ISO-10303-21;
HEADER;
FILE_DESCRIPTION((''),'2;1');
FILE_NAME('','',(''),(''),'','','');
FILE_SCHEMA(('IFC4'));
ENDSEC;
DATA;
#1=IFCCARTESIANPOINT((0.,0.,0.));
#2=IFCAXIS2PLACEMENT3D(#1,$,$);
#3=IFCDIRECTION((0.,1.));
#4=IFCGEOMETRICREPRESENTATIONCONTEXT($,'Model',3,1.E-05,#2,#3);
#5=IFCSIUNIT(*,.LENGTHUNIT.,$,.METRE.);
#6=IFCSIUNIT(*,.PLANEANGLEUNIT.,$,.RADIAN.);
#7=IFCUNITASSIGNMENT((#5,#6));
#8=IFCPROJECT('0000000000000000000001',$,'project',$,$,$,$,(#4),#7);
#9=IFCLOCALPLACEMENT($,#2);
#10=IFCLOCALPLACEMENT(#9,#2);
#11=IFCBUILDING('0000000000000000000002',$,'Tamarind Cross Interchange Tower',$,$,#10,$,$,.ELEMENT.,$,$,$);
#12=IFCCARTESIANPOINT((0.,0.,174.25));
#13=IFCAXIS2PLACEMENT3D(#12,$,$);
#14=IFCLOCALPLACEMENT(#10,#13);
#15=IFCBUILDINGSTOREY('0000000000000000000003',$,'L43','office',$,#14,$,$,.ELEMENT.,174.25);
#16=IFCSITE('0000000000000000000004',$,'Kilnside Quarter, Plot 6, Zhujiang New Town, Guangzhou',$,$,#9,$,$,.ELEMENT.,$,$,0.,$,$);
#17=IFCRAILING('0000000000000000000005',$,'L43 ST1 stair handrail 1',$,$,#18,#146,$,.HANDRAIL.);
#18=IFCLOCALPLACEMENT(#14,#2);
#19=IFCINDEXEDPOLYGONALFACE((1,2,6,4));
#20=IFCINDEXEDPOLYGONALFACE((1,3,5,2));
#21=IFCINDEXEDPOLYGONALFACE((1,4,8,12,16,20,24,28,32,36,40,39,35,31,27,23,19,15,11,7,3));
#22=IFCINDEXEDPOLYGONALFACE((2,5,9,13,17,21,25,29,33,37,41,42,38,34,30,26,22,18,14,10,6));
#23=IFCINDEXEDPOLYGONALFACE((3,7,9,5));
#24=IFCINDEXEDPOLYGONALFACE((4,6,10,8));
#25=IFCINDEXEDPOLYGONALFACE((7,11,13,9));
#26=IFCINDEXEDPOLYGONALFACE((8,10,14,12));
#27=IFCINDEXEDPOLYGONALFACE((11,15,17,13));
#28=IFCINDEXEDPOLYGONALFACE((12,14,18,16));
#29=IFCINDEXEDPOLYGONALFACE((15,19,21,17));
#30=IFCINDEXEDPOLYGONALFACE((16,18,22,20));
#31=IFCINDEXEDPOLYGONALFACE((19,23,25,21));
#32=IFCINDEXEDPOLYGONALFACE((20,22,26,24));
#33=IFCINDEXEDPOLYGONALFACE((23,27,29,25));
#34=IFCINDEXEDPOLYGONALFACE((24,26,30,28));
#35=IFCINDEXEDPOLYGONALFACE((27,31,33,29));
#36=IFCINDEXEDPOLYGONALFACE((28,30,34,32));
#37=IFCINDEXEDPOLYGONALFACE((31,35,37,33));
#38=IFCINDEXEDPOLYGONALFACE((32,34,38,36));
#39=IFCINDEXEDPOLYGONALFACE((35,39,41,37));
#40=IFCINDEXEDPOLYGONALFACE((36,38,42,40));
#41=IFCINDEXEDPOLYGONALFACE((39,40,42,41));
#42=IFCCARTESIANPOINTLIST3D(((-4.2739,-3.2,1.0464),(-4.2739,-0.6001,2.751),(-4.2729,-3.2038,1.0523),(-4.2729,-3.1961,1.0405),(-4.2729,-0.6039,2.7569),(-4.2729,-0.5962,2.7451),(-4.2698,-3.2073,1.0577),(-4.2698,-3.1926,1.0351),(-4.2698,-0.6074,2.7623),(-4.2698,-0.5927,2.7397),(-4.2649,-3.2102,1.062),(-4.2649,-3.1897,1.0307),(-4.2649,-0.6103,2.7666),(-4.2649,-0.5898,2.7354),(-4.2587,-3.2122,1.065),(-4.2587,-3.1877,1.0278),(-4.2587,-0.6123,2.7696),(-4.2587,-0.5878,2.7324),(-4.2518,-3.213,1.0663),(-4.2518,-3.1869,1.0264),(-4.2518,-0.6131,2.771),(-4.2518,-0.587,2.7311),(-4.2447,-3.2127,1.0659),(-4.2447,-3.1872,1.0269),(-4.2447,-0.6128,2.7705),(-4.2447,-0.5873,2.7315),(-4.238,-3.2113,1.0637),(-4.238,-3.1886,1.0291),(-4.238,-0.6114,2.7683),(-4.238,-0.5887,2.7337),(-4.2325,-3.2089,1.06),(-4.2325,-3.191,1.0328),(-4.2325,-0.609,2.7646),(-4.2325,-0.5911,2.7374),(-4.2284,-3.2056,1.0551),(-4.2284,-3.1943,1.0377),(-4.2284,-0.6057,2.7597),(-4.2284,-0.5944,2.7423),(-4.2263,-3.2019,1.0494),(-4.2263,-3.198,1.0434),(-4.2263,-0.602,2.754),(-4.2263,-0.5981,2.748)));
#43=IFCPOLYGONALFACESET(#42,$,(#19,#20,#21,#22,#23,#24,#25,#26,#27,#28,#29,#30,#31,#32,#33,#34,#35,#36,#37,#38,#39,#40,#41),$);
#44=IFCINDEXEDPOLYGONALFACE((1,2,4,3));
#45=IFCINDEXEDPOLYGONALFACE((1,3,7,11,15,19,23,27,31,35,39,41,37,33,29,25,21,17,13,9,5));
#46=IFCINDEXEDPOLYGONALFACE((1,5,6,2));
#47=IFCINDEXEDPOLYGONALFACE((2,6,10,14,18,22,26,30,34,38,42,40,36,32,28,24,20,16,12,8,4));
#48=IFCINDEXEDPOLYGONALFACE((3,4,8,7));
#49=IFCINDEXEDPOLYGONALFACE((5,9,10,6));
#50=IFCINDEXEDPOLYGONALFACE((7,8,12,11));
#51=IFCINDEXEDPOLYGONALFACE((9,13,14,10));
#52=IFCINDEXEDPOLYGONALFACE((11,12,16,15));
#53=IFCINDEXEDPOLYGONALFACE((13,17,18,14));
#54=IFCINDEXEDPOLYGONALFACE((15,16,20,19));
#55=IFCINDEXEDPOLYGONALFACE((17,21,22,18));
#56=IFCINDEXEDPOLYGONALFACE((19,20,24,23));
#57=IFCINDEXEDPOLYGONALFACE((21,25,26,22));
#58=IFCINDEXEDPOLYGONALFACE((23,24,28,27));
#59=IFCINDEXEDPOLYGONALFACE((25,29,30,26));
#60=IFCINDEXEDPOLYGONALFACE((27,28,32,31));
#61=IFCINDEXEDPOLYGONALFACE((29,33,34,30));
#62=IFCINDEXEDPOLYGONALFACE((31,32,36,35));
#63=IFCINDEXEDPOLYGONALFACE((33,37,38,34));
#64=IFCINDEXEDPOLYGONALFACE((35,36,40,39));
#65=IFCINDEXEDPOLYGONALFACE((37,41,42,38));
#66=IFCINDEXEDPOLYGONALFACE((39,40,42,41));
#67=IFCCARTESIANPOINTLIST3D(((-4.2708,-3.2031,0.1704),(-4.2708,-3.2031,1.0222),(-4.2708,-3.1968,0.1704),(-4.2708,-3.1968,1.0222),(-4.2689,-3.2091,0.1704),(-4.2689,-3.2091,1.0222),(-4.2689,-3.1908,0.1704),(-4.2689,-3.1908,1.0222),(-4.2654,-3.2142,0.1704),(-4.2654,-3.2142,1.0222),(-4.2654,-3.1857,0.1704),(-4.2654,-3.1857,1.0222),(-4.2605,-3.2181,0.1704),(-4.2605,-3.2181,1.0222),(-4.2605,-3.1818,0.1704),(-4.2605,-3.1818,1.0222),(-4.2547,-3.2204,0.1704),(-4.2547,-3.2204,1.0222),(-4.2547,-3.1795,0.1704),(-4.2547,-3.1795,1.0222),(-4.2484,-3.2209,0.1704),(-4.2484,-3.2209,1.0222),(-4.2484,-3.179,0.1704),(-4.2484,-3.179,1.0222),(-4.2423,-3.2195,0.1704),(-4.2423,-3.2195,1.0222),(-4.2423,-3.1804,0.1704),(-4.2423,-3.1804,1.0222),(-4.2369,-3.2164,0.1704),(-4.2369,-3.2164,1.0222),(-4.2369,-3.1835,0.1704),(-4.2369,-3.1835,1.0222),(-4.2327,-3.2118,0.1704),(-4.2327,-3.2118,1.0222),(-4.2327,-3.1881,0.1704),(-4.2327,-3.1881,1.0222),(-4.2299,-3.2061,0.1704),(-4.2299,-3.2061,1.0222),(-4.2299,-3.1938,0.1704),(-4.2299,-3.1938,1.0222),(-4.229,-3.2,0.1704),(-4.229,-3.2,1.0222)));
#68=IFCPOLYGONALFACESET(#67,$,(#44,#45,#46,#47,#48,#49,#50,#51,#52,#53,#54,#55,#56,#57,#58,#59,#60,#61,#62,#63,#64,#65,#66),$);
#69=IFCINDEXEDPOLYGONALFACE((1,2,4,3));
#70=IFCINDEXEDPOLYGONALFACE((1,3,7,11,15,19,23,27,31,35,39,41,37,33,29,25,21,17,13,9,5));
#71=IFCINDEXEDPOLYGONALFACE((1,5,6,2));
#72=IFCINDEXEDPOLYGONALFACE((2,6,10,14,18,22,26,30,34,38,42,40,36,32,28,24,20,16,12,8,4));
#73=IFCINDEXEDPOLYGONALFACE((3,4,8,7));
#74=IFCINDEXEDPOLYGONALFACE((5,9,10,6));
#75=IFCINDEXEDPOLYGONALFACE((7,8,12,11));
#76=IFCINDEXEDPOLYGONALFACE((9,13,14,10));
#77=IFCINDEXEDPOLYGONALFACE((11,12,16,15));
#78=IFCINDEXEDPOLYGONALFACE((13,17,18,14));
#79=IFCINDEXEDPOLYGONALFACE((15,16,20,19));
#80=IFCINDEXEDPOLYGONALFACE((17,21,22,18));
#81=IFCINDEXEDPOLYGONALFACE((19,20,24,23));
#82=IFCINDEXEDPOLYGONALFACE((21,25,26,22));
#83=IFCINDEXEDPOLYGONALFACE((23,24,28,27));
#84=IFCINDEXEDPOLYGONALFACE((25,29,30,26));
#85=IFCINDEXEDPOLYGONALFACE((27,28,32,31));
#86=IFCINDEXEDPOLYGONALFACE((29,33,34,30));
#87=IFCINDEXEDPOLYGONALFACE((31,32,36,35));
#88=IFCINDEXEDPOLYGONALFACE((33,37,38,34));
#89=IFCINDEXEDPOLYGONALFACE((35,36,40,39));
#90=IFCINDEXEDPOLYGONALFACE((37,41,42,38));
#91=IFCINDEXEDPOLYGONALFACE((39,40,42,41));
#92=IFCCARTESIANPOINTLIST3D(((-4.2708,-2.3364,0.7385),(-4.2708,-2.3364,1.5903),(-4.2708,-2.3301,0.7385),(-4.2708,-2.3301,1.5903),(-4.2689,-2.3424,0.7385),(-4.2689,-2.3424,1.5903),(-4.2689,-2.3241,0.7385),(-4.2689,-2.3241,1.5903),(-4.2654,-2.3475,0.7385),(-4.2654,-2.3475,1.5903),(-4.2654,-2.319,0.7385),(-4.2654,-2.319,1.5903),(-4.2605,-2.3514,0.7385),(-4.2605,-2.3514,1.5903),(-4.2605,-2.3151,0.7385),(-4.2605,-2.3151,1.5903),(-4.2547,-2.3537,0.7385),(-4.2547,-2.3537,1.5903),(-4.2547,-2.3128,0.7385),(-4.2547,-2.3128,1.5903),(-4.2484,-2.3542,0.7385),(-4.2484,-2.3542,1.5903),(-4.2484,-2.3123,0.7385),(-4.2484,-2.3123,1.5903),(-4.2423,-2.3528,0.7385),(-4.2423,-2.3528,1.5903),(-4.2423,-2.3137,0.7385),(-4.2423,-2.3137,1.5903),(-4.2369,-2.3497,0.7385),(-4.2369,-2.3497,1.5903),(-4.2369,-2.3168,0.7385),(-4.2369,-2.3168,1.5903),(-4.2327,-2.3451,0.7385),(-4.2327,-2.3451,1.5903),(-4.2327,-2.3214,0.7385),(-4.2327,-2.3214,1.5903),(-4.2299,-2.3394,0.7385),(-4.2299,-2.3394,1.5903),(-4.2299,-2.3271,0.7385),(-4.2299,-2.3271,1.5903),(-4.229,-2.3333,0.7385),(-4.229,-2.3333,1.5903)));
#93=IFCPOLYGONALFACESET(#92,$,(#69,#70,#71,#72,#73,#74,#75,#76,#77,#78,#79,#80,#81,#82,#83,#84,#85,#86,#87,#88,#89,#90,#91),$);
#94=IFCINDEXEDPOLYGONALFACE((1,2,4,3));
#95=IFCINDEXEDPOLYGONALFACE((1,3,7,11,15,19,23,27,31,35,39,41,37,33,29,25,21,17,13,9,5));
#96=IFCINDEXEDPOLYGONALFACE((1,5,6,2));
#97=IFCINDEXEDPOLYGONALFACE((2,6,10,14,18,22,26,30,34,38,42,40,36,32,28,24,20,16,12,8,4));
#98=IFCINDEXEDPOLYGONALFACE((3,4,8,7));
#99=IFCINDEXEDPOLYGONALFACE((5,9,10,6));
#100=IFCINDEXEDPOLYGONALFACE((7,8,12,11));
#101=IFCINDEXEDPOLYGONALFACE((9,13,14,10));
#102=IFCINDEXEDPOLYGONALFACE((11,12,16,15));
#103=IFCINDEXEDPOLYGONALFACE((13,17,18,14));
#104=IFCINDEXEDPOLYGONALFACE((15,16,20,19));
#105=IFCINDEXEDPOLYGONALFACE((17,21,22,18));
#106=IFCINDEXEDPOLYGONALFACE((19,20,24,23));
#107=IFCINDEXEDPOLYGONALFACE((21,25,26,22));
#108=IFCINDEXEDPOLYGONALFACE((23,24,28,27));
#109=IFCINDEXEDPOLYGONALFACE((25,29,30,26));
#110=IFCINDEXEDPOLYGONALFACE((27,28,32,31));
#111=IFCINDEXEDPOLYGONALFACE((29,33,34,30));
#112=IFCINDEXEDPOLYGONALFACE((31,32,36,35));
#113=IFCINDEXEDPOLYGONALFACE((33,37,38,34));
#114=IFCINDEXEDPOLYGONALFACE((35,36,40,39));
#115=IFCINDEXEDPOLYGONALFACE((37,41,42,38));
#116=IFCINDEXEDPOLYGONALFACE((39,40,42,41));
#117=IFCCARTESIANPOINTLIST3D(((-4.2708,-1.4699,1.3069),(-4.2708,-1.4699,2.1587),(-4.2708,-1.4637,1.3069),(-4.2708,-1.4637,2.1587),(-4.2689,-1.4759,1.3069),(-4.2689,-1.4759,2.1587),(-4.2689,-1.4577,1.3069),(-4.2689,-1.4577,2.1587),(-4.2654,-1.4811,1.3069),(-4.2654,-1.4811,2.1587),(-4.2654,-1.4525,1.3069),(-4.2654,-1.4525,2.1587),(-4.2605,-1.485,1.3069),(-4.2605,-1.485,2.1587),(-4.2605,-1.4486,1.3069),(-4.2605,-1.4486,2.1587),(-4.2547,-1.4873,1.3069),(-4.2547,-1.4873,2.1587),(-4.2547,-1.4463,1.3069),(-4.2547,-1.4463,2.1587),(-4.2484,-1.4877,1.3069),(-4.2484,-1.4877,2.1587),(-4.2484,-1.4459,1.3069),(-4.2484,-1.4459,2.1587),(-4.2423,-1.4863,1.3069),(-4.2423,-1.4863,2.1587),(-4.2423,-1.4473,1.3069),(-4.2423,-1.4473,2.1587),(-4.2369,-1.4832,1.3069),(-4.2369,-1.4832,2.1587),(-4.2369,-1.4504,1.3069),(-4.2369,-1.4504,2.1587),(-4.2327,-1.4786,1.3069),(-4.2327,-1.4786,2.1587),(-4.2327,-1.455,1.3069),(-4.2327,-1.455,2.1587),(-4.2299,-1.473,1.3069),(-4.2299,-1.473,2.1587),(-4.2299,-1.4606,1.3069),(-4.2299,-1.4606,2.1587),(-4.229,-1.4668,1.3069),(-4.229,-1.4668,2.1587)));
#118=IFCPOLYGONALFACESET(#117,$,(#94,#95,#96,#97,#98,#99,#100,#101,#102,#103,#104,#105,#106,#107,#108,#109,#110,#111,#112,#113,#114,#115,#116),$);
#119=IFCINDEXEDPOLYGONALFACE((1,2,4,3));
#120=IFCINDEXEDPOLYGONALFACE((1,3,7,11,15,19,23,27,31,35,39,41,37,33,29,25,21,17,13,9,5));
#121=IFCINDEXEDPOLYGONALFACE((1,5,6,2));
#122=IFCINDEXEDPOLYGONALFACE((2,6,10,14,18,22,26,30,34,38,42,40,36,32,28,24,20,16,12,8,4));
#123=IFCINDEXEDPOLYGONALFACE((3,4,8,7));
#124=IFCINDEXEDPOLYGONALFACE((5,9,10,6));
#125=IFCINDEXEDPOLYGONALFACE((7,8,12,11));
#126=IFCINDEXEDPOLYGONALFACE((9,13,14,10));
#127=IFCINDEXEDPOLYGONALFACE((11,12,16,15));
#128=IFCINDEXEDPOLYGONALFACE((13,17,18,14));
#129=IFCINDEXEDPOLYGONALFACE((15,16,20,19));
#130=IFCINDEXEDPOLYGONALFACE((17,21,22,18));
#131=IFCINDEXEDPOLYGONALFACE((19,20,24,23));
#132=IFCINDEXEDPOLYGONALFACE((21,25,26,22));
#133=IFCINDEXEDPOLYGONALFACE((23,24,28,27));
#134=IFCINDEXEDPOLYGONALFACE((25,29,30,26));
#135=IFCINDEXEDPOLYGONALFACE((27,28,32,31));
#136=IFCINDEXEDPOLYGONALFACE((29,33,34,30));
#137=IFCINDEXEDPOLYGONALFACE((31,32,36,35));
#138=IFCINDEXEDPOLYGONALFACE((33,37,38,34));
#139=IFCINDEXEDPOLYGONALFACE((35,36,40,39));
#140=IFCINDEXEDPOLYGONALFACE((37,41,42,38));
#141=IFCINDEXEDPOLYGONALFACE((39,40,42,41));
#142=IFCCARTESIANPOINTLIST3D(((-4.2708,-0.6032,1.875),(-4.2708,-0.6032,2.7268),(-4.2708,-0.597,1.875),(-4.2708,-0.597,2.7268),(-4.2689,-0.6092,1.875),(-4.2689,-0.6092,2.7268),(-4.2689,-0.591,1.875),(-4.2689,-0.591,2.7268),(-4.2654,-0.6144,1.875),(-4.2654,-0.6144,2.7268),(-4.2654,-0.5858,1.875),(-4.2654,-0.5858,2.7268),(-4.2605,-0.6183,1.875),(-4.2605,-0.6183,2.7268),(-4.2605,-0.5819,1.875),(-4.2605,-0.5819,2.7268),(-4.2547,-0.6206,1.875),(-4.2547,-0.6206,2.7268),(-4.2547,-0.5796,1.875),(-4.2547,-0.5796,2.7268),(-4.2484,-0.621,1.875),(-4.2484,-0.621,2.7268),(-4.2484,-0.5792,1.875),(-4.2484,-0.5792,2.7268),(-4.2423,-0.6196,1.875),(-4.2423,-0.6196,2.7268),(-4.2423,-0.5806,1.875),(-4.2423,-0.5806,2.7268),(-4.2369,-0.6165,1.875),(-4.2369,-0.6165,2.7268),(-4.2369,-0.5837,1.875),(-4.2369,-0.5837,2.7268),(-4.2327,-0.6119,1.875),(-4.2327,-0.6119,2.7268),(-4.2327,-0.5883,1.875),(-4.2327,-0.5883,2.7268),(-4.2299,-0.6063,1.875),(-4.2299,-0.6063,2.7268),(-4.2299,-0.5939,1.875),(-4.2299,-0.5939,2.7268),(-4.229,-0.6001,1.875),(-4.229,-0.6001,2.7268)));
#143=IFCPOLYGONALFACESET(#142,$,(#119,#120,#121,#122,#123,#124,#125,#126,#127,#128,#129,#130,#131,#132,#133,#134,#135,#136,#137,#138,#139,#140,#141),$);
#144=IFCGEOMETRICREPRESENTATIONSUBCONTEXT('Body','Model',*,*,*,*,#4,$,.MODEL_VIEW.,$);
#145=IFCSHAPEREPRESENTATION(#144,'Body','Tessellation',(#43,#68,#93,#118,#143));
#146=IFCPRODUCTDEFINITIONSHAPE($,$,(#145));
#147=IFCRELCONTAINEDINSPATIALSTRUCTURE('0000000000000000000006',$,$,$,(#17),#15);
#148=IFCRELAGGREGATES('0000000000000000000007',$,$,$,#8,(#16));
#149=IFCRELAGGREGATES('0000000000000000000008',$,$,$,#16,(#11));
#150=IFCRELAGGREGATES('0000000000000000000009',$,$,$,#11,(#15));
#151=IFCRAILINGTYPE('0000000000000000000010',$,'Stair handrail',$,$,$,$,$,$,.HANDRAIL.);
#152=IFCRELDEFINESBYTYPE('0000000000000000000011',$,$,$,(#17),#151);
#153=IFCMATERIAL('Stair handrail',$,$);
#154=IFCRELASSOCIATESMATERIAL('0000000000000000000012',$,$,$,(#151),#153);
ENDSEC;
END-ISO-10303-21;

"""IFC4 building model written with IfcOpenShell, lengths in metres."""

from ifc_helpers import new_model, si_unit, direction, frame, origin, origin_2d, place, context, subcontext, project, spatial, circle, extrude, material, type_object, element, save


model = new_model("IFC4")

# Units and contexts
model_context = context("Model", 3, precision=1e-05, world=origin(), true_north=direction((0.0, 1.0)))
body_context = subcontext(model_context, "Body", "Model", "MODEL_VIEW")
ifc_project = project(units=[si_unit("LENGTHUNIT", "METRE"), si_unit("PLANEANGLEUNIT", "RADIAN")], contexts=[model_context])

# Site, building, storey
site_placement = place(None, origin())
site = spatial("IfcSite", under=ifc_project, at=site_placement, Name="Kilnside Quarter, Plot 6, Zhujiang New Town, Guangzhou", CompositionType="ELEMENT", RefElevation=0.0)
building_placement = place(site_placement, origin())
building = spatial("IfcBuilding", under=site, at=building_placement, Name="Tamarind Cross Interchange Tower", CompositionType="ELEMENT")
storey_placement = place(building_placement, frame((0.0, 0.0, 174.25)))
storey = spatial("IfcBuildingStorey", under=building, at=storey_placement, Name="L43", Description="office", CompositionType="ELEMENT", Elevation=174.25)

# Railing
ifc_material_1 = material(Name="Stair handrail")
railing_type_1 = type_object("IfcRailingType", Name="Stair handrail", PredefinedType="HANDRAIL", material=ifc_material_1)
railing_1_placement = place(storey_placement, frame((-4.25, -3.2, 0.1704)))
element("IfcRailing", 1, at=railing_1_placement, inside=storey, type_object=railing_type_1, Name="L43 ST1 stair handrail 1", PredefinedType="HANDRAIL", context=body_context, shape_type="SweptSolid", body=[
    extrude(circle(Radius=0.0239, at=origin_2d()), frame((0.0, 0.0, 0.876), z_axis=(0.0, 0.836279, 0.548305), x_axis=(-1.0, 0.0, 0.0)), (0.0, 0.0, 1.0), 3.1089),
    extrude(circle(Radius=0.021, at=origin_2d()), origin(), (0.0, 0.0, 1.0), 0.8518),
    extrude(circle(Radius=0.021, at=origin_2d()), frame((0.0, 0.8667, 0.5681)), (0.0, 0.0, 1.0), 0.8518),
    extrude(circle(Radius=0.021, at=origin_2d()), frame((0.0, 1.7332, 1.1365)), (0.0, 0.0, 1.0), 0.8518),
    extrude(circle(Radius=0.021, at=origin_2d()), frame((0.0, 2.5999, 1.7046)), (0.0, 0.0, 1.0), 0.8518),
])

save(model, "model.ifc")
